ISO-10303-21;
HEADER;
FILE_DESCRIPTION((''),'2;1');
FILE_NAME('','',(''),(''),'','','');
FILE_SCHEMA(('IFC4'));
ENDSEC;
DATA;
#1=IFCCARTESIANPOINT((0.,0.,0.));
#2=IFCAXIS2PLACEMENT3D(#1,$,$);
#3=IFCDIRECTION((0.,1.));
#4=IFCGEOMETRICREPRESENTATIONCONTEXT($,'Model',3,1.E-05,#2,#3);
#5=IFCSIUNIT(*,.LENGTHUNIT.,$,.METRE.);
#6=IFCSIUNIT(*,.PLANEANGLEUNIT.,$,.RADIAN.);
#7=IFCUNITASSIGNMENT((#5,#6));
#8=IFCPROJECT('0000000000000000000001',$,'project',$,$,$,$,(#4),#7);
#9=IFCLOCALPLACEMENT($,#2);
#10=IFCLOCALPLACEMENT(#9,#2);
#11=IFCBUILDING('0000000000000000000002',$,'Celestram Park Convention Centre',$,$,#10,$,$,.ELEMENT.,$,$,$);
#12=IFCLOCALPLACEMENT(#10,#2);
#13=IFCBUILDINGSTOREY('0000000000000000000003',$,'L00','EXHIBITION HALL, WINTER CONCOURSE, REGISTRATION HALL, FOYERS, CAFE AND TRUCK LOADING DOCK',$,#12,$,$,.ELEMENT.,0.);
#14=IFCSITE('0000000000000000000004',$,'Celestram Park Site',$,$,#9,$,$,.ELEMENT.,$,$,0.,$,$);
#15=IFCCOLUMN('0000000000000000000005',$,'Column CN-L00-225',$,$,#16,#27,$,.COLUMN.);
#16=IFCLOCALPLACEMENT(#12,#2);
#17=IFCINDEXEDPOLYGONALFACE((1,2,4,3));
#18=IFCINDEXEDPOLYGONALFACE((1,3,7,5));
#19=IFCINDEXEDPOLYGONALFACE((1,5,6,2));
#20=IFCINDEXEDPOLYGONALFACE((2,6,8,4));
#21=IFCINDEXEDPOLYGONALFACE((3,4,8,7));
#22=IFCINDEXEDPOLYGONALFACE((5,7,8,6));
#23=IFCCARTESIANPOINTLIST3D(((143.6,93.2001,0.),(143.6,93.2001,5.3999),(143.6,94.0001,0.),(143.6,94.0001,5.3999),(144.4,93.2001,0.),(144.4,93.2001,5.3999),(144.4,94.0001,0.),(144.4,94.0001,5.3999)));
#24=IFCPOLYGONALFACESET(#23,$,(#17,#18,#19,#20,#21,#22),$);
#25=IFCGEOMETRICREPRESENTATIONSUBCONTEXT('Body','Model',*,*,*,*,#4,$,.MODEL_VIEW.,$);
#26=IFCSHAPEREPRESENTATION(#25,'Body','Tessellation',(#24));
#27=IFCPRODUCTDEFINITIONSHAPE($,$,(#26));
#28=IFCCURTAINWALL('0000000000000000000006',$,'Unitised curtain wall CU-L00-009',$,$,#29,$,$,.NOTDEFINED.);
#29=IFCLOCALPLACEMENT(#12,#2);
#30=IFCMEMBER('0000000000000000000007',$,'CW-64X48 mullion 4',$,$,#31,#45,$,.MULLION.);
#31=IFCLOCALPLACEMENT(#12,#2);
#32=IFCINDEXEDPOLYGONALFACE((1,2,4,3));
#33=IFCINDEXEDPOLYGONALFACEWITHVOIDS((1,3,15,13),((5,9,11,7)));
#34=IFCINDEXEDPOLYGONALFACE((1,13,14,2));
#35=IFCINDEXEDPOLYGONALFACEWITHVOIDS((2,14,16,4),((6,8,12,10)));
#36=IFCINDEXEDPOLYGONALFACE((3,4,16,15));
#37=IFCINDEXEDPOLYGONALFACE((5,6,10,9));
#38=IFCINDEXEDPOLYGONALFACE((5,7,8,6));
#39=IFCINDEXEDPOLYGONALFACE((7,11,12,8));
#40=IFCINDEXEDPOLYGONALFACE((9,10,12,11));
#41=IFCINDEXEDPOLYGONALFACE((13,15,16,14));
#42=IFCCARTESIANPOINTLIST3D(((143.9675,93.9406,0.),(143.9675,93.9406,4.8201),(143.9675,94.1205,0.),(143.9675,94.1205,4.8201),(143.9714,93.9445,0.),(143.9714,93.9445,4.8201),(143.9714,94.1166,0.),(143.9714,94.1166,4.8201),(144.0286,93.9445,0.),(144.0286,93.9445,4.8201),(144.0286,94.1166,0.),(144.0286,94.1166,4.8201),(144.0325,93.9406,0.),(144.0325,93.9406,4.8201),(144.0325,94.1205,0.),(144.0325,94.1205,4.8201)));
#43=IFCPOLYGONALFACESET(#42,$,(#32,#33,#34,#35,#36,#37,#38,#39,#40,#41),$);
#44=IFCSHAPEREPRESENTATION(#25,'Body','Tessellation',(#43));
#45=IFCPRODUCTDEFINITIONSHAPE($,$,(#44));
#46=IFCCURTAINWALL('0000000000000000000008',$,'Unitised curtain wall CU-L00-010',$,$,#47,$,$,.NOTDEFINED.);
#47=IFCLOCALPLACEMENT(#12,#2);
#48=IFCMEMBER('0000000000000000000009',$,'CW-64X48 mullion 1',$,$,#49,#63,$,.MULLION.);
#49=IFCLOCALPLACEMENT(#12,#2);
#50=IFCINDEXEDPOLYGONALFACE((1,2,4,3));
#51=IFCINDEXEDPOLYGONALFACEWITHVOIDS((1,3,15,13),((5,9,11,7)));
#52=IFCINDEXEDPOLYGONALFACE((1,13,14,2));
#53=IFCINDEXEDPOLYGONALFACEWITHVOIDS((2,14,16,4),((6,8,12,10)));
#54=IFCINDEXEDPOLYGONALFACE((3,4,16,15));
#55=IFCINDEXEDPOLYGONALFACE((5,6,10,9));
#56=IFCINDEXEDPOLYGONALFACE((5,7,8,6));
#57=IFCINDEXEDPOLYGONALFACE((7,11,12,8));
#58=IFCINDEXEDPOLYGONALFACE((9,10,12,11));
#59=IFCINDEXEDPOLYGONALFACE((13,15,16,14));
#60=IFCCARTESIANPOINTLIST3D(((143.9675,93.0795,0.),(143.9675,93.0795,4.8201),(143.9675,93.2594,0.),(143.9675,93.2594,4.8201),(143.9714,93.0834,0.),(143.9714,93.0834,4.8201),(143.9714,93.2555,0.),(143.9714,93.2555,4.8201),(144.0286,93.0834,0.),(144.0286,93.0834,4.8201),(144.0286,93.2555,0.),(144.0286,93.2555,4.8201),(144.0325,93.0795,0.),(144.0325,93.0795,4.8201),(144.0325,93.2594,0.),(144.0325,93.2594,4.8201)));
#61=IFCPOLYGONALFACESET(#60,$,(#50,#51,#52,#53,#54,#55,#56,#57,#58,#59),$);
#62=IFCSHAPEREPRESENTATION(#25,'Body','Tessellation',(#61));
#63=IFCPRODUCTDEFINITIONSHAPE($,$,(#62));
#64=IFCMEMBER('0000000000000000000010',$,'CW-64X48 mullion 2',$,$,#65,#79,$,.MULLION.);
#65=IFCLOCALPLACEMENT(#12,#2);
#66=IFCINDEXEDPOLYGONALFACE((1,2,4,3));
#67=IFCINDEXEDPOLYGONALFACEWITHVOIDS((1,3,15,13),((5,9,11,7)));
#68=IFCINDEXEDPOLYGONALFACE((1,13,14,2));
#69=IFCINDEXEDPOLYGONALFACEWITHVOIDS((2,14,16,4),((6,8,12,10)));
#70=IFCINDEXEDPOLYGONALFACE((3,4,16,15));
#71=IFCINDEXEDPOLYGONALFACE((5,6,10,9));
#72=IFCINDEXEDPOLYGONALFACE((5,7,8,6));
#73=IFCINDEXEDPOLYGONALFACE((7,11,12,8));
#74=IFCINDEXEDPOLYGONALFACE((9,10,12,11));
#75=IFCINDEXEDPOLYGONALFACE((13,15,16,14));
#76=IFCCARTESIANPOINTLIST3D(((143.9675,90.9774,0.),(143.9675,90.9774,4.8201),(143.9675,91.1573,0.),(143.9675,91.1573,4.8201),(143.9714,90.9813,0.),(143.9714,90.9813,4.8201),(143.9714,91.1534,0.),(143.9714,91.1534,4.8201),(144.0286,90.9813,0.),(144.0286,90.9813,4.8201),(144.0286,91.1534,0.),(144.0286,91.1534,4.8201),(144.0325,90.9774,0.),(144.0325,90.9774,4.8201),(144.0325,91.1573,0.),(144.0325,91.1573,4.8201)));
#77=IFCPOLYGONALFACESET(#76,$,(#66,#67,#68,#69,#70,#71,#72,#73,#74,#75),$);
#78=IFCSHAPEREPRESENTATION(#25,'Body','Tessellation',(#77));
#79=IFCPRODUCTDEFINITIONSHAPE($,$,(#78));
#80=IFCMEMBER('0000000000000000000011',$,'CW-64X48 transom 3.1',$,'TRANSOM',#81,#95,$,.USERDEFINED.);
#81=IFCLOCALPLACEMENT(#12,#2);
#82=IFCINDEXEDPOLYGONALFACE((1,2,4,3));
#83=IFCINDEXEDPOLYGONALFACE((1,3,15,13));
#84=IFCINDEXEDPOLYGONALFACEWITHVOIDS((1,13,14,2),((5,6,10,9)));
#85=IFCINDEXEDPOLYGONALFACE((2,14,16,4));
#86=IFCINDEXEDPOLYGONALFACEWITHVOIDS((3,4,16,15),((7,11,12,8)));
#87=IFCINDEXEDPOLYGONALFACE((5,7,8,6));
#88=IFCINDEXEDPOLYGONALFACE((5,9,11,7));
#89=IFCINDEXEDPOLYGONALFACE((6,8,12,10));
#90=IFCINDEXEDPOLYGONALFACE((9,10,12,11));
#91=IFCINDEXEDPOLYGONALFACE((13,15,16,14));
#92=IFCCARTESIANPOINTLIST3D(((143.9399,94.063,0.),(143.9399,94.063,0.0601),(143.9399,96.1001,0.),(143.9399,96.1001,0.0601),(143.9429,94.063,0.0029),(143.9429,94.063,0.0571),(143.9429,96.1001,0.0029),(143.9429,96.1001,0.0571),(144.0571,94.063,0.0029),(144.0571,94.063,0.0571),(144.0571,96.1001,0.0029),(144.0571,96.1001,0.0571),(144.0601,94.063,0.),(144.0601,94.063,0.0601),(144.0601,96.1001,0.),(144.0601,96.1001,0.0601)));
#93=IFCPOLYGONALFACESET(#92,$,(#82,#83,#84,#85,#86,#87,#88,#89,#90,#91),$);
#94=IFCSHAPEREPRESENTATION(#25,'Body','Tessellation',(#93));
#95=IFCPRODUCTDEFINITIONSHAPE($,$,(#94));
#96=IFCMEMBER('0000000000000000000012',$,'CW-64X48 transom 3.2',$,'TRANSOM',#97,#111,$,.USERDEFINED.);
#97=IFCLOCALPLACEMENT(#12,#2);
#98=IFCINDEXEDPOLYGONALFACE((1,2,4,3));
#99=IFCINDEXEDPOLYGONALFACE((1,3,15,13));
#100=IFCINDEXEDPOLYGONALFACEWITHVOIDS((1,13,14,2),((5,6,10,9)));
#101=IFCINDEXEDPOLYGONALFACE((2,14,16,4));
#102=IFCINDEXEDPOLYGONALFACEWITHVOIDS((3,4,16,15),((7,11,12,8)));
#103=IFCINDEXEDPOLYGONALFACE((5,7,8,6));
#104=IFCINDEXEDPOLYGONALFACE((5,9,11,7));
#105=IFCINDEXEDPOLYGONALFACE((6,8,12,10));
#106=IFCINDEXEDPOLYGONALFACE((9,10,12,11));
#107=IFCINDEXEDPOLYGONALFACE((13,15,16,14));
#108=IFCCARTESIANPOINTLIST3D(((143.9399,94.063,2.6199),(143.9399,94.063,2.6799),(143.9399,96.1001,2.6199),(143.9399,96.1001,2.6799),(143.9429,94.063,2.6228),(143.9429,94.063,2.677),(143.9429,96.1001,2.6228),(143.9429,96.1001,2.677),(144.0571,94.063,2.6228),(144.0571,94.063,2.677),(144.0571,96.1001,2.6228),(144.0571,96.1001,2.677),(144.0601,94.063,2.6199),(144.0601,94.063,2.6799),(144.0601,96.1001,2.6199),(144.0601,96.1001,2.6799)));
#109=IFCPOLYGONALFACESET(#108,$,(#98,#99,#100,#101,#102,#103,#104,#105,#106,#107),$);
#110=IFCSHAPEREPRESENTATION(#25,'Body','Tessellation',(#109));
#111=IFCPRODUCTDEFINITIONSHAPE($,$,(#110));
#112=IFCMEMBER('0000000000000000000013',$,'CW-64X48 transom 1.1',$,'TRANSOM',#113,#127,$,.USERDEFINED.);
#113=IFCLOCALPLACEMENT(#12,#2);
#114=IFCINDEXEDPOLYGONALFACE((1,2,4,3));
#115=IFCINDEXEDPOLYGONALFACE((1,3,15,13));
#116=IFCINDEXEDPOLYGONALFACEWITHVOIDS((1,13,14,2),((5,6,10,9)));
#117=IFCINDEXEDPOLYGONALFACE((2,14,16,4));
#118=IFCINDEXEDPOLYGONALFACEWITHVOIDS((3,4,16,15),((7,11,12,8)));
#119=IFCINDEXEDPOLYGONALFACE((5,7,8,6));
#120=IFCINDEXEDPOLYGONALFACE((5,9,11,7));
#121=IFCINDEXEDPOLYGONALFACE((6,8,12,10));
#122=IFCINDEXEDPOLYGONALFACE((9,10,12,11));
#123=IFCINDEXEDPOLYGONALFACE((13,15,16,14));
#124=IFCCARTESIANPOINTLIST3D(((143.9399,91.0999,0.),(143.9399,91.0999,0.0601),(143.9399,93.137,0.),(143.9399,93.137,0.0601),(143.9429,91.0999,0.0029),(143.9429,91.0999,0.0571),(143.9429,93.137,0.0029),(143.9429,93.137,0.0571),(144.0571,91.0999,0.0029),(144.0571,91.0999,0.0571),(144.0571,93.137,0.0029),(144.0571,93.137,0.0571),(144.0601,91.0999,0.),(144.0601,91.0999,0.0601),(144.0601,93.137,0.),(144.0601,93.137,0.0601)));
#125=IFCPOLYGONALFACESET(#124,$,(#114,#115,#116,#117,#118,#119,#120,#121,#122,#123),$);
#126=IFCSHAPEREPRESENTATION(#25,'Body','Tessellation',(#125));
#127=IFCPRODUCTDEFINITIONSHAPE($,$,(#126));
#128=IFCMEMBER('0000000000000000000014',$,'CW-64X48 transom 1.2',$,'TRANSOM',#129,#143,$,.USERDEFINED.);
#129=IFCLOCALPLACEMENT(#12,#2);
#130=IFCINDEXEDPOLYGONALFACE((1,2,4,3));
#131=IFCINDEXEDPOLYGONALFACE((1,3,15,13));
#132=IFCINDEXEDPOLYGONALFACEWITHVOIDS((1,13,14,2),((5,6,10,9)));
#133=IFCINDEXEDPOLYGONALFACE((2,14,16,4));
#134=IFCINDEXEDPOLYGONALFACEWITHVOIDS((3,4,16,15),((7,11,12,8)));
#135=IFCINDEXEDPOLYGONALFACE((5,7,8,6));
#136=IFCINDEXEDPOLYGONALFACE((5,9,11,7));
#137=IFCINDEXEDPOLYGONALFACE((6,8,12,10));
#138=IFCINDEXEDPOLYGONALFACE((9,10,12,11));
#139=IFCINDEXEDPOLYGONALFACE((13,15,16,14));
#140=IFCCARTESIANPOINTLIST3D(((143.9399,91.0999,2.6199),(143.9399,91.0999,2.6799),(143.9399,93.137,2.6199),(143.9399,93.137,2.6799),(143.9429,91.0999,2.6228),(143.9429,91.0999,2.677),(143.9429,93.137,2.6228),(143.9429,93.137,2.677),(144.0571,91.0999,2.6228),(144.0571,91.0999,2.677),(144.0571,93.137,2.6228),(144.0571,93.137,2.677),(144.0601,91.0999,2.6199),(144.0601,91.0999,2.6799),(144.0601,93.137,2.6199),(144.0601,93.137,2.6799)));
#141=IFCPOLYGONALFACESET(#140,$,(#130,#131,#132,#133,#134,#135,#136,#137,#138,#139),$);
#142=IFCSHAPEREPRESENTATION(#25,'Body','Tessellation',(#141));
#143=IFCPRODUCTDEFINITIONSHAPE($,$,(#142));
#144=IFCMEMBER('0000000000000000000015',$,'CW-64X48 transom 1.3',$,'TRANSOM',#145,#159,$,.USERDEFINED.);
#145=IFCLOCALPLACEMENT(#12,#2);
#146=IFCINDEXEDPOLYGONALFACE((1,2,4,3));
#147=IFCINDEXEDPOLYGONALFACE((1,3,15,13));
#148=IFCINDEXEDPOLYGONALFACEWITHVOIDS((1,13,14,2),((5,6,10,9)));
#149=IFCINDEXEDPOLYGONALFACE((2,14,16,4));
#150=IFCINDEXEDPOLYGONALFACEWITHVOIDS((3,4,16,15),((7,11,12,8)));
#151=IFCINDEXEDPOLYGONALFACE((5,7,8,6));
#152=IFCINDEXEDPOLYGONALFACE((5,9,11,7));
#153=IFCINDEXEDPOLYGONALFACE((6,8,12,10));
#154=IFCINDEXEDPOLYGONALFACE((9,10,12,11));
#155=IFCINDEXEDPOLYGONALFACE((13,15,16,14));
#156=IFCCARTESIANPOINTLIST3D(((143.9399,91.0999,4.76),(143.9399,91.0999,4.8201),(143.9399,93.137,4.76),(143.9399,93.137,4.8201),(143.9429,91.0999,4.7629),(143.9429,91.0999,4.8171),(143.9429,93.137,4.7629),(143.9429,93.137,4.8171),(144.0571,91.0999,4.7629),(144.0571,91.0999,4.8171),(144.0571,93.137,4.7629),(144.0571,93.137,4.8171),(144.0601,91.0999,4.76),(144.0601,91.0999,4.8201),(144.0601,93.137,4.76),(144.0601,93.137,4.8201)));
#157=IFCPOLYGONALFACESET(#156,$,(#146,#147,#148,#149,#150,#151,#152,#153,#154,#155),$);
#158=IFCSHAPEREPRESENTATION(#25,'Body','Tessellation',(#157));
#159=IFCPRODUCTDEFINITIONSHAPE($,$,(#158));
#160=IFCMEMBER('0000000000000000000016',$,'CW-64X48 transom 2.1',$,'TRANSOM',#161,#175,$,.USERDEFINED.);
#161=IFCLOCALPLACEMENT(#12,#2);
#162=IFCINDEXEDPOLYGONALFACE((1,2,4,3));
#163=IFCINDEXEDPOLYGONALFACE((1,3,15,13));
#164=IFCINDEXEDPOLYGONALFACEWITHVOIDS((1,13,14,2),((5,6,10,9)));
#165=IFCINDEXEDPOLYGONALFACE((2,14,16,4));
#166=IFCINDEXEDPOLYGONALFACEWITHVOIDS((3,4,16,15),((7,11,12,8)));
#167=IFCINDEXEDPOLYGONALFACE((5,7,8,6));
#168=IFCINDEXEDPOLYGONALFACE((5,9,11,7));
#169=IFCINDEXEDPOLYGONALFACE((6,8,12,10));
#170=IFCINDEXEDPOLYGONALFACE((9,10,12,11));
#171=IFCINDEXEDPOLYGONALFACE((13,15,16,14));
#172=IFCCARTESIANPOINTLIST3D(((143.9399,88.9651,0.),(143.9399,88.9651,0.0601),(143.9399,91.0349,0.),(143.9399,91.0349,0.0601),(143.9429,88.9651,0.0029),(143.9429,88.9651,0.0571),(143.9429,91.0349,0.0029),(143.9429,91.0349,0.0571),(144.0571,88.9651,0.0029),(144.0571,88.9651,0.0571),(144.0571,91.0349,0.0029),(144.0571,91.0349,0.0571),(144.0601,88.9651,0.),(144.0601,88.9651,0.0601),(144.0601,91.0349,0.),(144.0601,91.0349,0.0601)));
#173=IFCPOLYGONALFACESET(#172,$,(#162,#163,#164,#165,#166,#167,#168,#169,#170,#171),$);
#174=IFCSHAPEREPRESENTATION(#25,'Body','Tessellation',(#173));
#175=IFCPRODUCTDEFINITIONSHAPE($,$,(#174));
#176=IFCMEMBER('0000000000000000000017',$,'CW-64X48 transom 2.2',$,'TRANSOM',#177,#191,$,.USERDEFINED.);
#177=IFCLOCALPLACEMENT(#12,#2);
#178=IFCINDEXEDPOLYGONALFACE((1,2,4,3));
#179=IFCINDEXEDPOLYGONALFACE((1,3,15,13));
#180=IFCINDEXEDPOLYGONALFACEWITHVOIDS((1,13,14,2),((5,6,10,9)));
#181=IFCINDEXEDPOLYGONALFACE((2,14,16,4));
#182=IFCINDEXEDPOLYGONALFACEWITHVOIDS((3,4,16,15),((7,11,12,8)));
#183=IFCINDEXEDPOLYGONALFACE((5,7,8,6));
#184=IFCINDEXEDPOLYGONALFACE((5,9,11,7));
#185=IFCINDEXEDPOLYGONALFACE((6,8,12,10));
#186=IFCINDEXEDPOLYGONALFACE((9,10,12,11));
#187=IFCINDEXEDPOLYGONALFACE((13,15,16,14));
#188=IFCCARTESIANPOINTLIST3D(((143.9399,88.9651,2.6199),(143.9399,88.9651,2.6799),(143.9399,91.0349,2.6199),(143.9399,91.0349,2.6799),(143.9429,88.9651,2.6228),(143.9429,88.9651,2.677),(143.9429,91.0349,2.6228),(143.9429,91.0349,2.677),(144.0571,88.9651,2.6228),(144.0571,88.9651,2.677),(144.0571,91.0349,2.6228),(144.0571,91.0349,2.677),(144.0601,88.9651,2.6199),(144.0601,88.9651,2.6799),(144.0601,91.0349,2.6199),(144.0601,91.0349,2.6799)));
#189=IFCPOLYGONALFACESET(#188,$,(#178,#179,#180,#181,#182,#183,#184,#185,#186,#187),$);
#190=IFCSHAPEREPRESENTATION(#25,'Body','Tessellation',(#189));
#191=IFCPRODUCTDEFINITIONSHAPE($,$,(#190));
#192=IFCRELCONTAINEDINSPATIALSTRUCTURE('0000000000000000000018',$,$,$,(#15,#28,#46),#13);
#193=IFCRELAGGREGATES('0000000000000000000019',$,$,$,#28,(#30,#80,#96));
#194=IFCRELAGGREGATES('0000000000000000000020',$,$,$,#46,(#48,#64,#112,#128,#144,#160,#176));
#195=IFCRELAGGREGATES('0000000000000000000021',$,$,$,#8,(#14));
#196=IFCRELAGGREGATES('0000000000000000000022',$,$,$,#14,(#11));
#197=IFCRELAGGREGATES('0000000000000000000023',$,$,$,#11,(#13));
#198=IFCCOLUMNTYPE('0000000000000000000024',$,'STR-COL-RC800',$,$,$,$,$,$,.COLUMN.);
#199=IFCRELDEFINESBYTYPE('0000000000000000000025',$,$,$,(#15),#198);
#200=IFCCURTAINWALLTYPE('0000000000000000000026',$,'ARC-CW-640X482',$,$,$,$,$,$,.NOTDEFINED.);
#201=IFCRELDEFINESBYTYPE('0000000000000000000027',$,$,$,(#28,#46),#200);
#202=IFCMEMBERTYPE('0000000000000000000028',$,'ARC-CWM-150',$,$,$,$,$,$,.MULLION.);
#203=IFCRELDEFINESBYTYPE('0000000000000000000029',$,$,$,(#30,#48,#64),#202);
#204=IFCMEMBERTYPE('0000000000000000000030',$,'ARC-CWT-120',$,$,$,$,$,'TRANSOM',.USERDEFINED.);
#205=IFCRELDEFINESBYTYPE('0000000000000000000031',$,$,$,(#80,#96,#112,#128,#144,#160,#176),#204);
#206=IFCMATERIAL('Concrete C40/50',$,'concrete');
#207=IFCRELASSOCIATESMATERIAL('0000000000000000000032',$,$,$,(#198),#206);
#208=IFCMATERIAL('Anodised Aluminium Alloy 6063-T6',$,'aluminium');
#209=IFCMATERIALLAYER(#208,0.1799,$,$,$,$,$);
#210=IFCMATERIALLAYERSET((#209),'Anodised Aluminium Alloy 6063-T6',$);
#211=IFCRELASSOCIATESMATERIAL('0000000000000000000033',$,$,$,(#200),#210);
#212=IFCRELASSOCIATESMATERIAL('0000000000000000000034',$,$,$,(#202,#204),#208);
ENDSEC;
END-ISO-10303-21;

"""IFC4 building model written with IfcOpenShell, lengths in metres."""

from ifc_helpers import new_model, si_unit, direction, frame, origin, origin_2d, place, context, subcontext, project, spatial, rectangle, hollow_rectangle, extrude, material, layer, layer_set, material_profile, profile_set, type_object, element, aggregate, save


model = new_model("IFC4")

# Units and contexts
model_context = context("Model", 3, precision=1e-05, world=origin(), true_north=direction((0.0, 1.0)))
body_context = subcontext(model_context, "Body", "Model", "MODEL_VIEW")
ifc_project = project(units=[si_unit("LENGTHUNIT", "METRE"), si_unit("PLANEANGLEUNIT", "RADIAN")], contexts=[model_context])

# Site, building, storey
site_placement = place(None, origin())
site = spatial("IfcSite", under=ifc_project, at=site_placement, Name="Celestram Park Site", CompositionType="ELEMENT", RefElevation=0.0)
building_placement = place(site_placement, origin())
building = spatial("IfcBuilding", under=site, at=building_placement, Name="Celestram Park Convention Centre", CompositionType="ELEMENT")
storey_placement = place(building_placement, origin())
storey = spatial("IfcBuildingStorey", under=building, at=storey_placement, Name="L00", Description="EXHIBITION HALL, WINTER CONCOURSE, REGISTRATION HALL, FOYERS, CAFE AND TRUCK LOADING DOCK", CompositionType="ELEMENT", Elevation=0.0)

# Column
ifc_material_1 = material(Name="Concrete C40/50", Category="concrete")
ifc_material_profile_1 = material_profile(ifc_material_1, rectangle(XDim=0.8, YDim=0.8, at=origin_2d()), Name="RC800X800")
ifc_profile_set_1 = profile_set([ifc_material_profile_1], Name="Concrete C40/50")
column_type = type_object("IfcColumnType", Name="STR-COL-RC800", PredefinedType="COLUMN", material=ifc_profile_set_1)
column_placement = place(storey_placement, frame((144.0, 93.6001, 0.0), z_axis=(0.0, 0.0, 1.0), x_axis=(1.0, 0.0, 0.0)))
element("IfcColumn", 1, at=column_placement, inside=storey, type_object=column_type, Name="Column CN-L00-225", PredefinedType="COLUMN", context=body_context, shape_type="SweptSolid", body=[
    extrude(rectangle(XDim=0.8, YDim=0.8, at=origin_2d()), origin(), (0.0, 0.0, 1.0), 5.3999),
])

# Curtain wall, member
ifc_material_2 = material(Name="Anodised Aluminium Alloy 6063-T6", Category="aluminium")
ifc_layer_1 = layer(ifc_material_2, 0.1799)
ifc_layer_set_1 = layer_set([ifc_layer_1], Name="Anodised Aluminium Alloy 6063-T6")
curtain_wall_type = type_object("IfcCurtainWallType", Name="ARC-CW-640X482", PredefinedType="NOTDEFINED", material=ifc_layer_set_1)
curtain_wall_1_placement = place(storey_placement, origin())
curtain_wall_1 = element("IfcCurtainWall", 2, at=curtain_wall_1_placement, inside=storey, type_object=curtain_wall_type, Name="Unitised curtain wall CU-L00-009", PredefinedType="NOTDEFINED")
ifc_material_profile_2 = material_profile(ifc_material_2, hollow_rectangle(XDim=0.0649, YDim=0.1799, WallThickness=0.0039, at=origin_2d()), Name="ALU65X180X4")
ifc_profile_set_2 = profile_set([ifc_material_profile_2], Name="Anodised Aluminium Alloy 6063-T6")
member_type_1 = type_object("IfcMemberType", Name="ARC-CWM-150", PredefinedType="MULLION", material=ifc_profile_set_2)
member_1_placement = place(storey_placement, frame((144.0, 94.0305, 0.0), z_axis=(0.0, 0.0, 1.0), x_axis=(1.0, 0.0, 0.0)))
member_1 = element("IfcMember", 3, at=member_1_placement, type_object=member_type_1, Name="CW-64X48 mullion 4", PredefinedType="MULLION", context=body_context, shape_type="SweptSolid", body=[
    extrude(hollow_rectangle(XDim=0.0649, YDim=0.1799, WallThickness=0.0039, at=origin_2d()), origin(), (0.0, 0.0, 1.0), 4.8201),
])

# Curtain wall, members
curtain_wall_2_placement = place(storey_placement, origin())
curtain_wall_2 = element("IfcCurtainWall", 4, at=curtain_wall_2_placement, inside=storey, type_object=curtain_wall_type, Name="Unitised curtain wall CU-L00-010", PredefinedType="NOTDEFINED")
member_2_placement = place(storey_placement, frame((144.0, 93.1694, 0.0), z_axis=(0.0, 0.0, 1.0), x_axis=(1.0, 0.0, 0.0)))
member_2 = element("IfcMember", 5, at=member_2_placement, type_object=member_type_1, Name="CW-64X48 mullion 1", PredefinedType="MULLION", context=body_context, shape_type="SweptSolid", body=[
    extrude(hollow_rectangle(XDim=0.0649, YDim=0.1799, WallThickness=0.0039, at=origin_2d()), origin(), (0.0, 0.0, 1.0), 4.8201),
])
member_3_placement = place(storey_placement, frame((144.0, 91.0674, 0.0), z_axis=(0.0, 0.0, 1.0), x_axis=(1.0, 0.0, 0.0)))
member_3 = element("IfcMember", 6, at=member_3_placement, type_object=member_type_1, Name="CW-64X48 mullion 2", PredefinedType="MULLION", context=body_context, shape_type="SweptSolid", body=[
    extrude(hollow_rectangle(XDim=0.0649, YDim=0.1799, WallThickness=0.0039, at=origin_2d()), origin(), (0.0, 0.0, 1.0), 4.8201),
])

# Members
ifc_material_profile_3 = material_profile(ifc_material_2, hollow_rectangle(XDim=0.1201, YDim=0.0601, WallThickness=0.0029, at=origin_2d()), Name="ALU120X60X3")
ifc_profile_set_3 = profile_set([ifc_material_profile_3], Name="Anodised Aluminium Alloy 6063-T6")
member_type_2 = type_object("IfcMemberType", Name="ARC-CWT-120", ElementType="TRANSOM", PredefinedType="USERDEFINED", material=ifc_profile_set_3)
member_4_placement = place(storey_placement, frame((144.0, 96.1001, 0.03), z_axis=(0.0, -1.0, 0.0), x_axis=(1.0, 0.0, 0.0)))
member_4 = element("IfcMember", 7, at=member_4_placement, type_object=member_type_2, Name="CW-64X48 transom 3.1", ObjectType="TRANSOM", PredefinedType="USERDEFINED", context=body_context, shape_type="SweptSolid", body=[
    extrude(hollow_rectangle(XDim=0.1201, YDim=0.0601, WallThickness=0.0029, at=origin_2d()), origin(), (0.0, 0.0, 1.0), 2.0371),
])
member_5_placement = place(storey_placement, frame((144.0, 96.1001, 2.6499), z_axis=(0.0, -1.0, 0.0), x_axis=(1.0, 0.0, 0.0)))
member_5 = element("IfcMember", 8, at=member_5_placement, type_object=member_type_2, Name="CW-64X48 transom 3.2", ObjectType="TRANSOM", PredefinedType="USERDEFINED", context=body_context, shape_type="SweptSolid", body=[
    extrude(hollow_rectangle(XDim=0.1201, YDim=0.0601, WallThickness=0.0029, at=origin_2d()), origin(), (0.0, 0.0, 1.0), 2.0371),
])
member_6_placement = place(storey_placement, frame((144.0, 93.137, 0.03), z_axis=(0.0, -1.0, 0.0), x_axis=(1.0, 0.0, 0.0)))
member_6 = element("IfcMember", 9, at=member_6_placement, type_object=member_type_2, Name="CW-64X48 transom 1.1", ObjectType="TRANSOM", PredefinedType="USERDEFINED", context=body_context, shape_type="SweptSolid", body=[
    extrude(hollow_rectangle(XDim=0.1201, YDim=0.0601, WallThickness=0.0029, at=origin_2d()), origin(), (0.0, 0.0, 1.0), 2.0371),
])
member_7_placement = place(storey_placement, frame((144.0, 93.137, 2.6499), z_axis=(0.0, -1.0, 0.0), x_axis=(1.0, 0.0, 0.0)))
member_7 = element("IfcMember", 10, at=member_7_placement, type_object=member_type_2, Name="CW-64X48 transom 1.2", ObjectType="TRANSOM", PredefinedType="USERDEFINED", context=body_context, shape_type="SweptSolid", body=[
    extrude(hollow_rectangle(XDim=0.1201, YDim=0.0601, WallThickness=0.0029, at=origin_2d()), origin(), (0.0, 0.0, 1.0), 2.0371),
])
member_8_placement = place(storey_placement, frame((144.0, 93.137, 4.79), z_axis=(0.0, -1.0, 0.0), x_axis=(1.0, 0.0, 0.0)))
member_8 = element("IfcMember", 11, at=member_8_placement, type_object=member_type_2, Name="CW-64X48 transom 1.3", ObjectType="TRANSOM", PredefinedType="USERDEFINED", context=body_context, shape_type="SweptSolid", body=[
    extrude(hollow_rectangle(XDim=0.1201, YDim=0.0601, WallThickness=0.0029, at=origin_2d()), origin(), (0.0, 0.0, 1.0), 2.0371),
])
member_9_placement = place(storey_placement, frame((144.0, 91.0349, 0.03), z_axis=(0.0, -1.0, 0.0), x_axis=(1.0, 0.0, 0.0)))
member_9 = element("IfcMember", 12, at=member_9_placement, type_object=member_type_2, Name="CW-64X48 transom 2.1", ObjectType="TRANSOM", PredefinedType="USERDEFINED", context=body_context, shape_type="SweptSolid", body=[
    extrude(hollow_rectangle(XDim=0.1201, YDim=0.0601, WallThickness=0.0029, at=origin_2d()), origin(), (0.0, 0.0, 1.0), 2.0698),
])
member_10_placement = place(storey_placement, frame((144.0, 91.0349, 2.6499), z_axis=(0.0, -1.0, 0.0), x_axis=(1.0, 0.0, 0.0)))
member_10 = element("IfcMember", 13, at=member_10_placement, type_object=member_type_2, Name="CW-64X48 transom 2.2", ObjectType="TRANSOM", PredefinedType="USERDEFINED", context=body_context, shape_type="SweptSolid", body=[
    extrude(hollow_rectangle(XDim=0.1201, YDim=0.0601, WallThickness=0.0029, at=origin_2d()), origin(), (0.0, 0.0, 1.0), 2.0698),
])

aggregate(curtain_wall_1, [member_1, member_4, member_5])
aggregate(curtain_wall_2, [member_2, member_3, member_6, member_7, member_8, member_9, member_10])

save(model, "model.ifc")
